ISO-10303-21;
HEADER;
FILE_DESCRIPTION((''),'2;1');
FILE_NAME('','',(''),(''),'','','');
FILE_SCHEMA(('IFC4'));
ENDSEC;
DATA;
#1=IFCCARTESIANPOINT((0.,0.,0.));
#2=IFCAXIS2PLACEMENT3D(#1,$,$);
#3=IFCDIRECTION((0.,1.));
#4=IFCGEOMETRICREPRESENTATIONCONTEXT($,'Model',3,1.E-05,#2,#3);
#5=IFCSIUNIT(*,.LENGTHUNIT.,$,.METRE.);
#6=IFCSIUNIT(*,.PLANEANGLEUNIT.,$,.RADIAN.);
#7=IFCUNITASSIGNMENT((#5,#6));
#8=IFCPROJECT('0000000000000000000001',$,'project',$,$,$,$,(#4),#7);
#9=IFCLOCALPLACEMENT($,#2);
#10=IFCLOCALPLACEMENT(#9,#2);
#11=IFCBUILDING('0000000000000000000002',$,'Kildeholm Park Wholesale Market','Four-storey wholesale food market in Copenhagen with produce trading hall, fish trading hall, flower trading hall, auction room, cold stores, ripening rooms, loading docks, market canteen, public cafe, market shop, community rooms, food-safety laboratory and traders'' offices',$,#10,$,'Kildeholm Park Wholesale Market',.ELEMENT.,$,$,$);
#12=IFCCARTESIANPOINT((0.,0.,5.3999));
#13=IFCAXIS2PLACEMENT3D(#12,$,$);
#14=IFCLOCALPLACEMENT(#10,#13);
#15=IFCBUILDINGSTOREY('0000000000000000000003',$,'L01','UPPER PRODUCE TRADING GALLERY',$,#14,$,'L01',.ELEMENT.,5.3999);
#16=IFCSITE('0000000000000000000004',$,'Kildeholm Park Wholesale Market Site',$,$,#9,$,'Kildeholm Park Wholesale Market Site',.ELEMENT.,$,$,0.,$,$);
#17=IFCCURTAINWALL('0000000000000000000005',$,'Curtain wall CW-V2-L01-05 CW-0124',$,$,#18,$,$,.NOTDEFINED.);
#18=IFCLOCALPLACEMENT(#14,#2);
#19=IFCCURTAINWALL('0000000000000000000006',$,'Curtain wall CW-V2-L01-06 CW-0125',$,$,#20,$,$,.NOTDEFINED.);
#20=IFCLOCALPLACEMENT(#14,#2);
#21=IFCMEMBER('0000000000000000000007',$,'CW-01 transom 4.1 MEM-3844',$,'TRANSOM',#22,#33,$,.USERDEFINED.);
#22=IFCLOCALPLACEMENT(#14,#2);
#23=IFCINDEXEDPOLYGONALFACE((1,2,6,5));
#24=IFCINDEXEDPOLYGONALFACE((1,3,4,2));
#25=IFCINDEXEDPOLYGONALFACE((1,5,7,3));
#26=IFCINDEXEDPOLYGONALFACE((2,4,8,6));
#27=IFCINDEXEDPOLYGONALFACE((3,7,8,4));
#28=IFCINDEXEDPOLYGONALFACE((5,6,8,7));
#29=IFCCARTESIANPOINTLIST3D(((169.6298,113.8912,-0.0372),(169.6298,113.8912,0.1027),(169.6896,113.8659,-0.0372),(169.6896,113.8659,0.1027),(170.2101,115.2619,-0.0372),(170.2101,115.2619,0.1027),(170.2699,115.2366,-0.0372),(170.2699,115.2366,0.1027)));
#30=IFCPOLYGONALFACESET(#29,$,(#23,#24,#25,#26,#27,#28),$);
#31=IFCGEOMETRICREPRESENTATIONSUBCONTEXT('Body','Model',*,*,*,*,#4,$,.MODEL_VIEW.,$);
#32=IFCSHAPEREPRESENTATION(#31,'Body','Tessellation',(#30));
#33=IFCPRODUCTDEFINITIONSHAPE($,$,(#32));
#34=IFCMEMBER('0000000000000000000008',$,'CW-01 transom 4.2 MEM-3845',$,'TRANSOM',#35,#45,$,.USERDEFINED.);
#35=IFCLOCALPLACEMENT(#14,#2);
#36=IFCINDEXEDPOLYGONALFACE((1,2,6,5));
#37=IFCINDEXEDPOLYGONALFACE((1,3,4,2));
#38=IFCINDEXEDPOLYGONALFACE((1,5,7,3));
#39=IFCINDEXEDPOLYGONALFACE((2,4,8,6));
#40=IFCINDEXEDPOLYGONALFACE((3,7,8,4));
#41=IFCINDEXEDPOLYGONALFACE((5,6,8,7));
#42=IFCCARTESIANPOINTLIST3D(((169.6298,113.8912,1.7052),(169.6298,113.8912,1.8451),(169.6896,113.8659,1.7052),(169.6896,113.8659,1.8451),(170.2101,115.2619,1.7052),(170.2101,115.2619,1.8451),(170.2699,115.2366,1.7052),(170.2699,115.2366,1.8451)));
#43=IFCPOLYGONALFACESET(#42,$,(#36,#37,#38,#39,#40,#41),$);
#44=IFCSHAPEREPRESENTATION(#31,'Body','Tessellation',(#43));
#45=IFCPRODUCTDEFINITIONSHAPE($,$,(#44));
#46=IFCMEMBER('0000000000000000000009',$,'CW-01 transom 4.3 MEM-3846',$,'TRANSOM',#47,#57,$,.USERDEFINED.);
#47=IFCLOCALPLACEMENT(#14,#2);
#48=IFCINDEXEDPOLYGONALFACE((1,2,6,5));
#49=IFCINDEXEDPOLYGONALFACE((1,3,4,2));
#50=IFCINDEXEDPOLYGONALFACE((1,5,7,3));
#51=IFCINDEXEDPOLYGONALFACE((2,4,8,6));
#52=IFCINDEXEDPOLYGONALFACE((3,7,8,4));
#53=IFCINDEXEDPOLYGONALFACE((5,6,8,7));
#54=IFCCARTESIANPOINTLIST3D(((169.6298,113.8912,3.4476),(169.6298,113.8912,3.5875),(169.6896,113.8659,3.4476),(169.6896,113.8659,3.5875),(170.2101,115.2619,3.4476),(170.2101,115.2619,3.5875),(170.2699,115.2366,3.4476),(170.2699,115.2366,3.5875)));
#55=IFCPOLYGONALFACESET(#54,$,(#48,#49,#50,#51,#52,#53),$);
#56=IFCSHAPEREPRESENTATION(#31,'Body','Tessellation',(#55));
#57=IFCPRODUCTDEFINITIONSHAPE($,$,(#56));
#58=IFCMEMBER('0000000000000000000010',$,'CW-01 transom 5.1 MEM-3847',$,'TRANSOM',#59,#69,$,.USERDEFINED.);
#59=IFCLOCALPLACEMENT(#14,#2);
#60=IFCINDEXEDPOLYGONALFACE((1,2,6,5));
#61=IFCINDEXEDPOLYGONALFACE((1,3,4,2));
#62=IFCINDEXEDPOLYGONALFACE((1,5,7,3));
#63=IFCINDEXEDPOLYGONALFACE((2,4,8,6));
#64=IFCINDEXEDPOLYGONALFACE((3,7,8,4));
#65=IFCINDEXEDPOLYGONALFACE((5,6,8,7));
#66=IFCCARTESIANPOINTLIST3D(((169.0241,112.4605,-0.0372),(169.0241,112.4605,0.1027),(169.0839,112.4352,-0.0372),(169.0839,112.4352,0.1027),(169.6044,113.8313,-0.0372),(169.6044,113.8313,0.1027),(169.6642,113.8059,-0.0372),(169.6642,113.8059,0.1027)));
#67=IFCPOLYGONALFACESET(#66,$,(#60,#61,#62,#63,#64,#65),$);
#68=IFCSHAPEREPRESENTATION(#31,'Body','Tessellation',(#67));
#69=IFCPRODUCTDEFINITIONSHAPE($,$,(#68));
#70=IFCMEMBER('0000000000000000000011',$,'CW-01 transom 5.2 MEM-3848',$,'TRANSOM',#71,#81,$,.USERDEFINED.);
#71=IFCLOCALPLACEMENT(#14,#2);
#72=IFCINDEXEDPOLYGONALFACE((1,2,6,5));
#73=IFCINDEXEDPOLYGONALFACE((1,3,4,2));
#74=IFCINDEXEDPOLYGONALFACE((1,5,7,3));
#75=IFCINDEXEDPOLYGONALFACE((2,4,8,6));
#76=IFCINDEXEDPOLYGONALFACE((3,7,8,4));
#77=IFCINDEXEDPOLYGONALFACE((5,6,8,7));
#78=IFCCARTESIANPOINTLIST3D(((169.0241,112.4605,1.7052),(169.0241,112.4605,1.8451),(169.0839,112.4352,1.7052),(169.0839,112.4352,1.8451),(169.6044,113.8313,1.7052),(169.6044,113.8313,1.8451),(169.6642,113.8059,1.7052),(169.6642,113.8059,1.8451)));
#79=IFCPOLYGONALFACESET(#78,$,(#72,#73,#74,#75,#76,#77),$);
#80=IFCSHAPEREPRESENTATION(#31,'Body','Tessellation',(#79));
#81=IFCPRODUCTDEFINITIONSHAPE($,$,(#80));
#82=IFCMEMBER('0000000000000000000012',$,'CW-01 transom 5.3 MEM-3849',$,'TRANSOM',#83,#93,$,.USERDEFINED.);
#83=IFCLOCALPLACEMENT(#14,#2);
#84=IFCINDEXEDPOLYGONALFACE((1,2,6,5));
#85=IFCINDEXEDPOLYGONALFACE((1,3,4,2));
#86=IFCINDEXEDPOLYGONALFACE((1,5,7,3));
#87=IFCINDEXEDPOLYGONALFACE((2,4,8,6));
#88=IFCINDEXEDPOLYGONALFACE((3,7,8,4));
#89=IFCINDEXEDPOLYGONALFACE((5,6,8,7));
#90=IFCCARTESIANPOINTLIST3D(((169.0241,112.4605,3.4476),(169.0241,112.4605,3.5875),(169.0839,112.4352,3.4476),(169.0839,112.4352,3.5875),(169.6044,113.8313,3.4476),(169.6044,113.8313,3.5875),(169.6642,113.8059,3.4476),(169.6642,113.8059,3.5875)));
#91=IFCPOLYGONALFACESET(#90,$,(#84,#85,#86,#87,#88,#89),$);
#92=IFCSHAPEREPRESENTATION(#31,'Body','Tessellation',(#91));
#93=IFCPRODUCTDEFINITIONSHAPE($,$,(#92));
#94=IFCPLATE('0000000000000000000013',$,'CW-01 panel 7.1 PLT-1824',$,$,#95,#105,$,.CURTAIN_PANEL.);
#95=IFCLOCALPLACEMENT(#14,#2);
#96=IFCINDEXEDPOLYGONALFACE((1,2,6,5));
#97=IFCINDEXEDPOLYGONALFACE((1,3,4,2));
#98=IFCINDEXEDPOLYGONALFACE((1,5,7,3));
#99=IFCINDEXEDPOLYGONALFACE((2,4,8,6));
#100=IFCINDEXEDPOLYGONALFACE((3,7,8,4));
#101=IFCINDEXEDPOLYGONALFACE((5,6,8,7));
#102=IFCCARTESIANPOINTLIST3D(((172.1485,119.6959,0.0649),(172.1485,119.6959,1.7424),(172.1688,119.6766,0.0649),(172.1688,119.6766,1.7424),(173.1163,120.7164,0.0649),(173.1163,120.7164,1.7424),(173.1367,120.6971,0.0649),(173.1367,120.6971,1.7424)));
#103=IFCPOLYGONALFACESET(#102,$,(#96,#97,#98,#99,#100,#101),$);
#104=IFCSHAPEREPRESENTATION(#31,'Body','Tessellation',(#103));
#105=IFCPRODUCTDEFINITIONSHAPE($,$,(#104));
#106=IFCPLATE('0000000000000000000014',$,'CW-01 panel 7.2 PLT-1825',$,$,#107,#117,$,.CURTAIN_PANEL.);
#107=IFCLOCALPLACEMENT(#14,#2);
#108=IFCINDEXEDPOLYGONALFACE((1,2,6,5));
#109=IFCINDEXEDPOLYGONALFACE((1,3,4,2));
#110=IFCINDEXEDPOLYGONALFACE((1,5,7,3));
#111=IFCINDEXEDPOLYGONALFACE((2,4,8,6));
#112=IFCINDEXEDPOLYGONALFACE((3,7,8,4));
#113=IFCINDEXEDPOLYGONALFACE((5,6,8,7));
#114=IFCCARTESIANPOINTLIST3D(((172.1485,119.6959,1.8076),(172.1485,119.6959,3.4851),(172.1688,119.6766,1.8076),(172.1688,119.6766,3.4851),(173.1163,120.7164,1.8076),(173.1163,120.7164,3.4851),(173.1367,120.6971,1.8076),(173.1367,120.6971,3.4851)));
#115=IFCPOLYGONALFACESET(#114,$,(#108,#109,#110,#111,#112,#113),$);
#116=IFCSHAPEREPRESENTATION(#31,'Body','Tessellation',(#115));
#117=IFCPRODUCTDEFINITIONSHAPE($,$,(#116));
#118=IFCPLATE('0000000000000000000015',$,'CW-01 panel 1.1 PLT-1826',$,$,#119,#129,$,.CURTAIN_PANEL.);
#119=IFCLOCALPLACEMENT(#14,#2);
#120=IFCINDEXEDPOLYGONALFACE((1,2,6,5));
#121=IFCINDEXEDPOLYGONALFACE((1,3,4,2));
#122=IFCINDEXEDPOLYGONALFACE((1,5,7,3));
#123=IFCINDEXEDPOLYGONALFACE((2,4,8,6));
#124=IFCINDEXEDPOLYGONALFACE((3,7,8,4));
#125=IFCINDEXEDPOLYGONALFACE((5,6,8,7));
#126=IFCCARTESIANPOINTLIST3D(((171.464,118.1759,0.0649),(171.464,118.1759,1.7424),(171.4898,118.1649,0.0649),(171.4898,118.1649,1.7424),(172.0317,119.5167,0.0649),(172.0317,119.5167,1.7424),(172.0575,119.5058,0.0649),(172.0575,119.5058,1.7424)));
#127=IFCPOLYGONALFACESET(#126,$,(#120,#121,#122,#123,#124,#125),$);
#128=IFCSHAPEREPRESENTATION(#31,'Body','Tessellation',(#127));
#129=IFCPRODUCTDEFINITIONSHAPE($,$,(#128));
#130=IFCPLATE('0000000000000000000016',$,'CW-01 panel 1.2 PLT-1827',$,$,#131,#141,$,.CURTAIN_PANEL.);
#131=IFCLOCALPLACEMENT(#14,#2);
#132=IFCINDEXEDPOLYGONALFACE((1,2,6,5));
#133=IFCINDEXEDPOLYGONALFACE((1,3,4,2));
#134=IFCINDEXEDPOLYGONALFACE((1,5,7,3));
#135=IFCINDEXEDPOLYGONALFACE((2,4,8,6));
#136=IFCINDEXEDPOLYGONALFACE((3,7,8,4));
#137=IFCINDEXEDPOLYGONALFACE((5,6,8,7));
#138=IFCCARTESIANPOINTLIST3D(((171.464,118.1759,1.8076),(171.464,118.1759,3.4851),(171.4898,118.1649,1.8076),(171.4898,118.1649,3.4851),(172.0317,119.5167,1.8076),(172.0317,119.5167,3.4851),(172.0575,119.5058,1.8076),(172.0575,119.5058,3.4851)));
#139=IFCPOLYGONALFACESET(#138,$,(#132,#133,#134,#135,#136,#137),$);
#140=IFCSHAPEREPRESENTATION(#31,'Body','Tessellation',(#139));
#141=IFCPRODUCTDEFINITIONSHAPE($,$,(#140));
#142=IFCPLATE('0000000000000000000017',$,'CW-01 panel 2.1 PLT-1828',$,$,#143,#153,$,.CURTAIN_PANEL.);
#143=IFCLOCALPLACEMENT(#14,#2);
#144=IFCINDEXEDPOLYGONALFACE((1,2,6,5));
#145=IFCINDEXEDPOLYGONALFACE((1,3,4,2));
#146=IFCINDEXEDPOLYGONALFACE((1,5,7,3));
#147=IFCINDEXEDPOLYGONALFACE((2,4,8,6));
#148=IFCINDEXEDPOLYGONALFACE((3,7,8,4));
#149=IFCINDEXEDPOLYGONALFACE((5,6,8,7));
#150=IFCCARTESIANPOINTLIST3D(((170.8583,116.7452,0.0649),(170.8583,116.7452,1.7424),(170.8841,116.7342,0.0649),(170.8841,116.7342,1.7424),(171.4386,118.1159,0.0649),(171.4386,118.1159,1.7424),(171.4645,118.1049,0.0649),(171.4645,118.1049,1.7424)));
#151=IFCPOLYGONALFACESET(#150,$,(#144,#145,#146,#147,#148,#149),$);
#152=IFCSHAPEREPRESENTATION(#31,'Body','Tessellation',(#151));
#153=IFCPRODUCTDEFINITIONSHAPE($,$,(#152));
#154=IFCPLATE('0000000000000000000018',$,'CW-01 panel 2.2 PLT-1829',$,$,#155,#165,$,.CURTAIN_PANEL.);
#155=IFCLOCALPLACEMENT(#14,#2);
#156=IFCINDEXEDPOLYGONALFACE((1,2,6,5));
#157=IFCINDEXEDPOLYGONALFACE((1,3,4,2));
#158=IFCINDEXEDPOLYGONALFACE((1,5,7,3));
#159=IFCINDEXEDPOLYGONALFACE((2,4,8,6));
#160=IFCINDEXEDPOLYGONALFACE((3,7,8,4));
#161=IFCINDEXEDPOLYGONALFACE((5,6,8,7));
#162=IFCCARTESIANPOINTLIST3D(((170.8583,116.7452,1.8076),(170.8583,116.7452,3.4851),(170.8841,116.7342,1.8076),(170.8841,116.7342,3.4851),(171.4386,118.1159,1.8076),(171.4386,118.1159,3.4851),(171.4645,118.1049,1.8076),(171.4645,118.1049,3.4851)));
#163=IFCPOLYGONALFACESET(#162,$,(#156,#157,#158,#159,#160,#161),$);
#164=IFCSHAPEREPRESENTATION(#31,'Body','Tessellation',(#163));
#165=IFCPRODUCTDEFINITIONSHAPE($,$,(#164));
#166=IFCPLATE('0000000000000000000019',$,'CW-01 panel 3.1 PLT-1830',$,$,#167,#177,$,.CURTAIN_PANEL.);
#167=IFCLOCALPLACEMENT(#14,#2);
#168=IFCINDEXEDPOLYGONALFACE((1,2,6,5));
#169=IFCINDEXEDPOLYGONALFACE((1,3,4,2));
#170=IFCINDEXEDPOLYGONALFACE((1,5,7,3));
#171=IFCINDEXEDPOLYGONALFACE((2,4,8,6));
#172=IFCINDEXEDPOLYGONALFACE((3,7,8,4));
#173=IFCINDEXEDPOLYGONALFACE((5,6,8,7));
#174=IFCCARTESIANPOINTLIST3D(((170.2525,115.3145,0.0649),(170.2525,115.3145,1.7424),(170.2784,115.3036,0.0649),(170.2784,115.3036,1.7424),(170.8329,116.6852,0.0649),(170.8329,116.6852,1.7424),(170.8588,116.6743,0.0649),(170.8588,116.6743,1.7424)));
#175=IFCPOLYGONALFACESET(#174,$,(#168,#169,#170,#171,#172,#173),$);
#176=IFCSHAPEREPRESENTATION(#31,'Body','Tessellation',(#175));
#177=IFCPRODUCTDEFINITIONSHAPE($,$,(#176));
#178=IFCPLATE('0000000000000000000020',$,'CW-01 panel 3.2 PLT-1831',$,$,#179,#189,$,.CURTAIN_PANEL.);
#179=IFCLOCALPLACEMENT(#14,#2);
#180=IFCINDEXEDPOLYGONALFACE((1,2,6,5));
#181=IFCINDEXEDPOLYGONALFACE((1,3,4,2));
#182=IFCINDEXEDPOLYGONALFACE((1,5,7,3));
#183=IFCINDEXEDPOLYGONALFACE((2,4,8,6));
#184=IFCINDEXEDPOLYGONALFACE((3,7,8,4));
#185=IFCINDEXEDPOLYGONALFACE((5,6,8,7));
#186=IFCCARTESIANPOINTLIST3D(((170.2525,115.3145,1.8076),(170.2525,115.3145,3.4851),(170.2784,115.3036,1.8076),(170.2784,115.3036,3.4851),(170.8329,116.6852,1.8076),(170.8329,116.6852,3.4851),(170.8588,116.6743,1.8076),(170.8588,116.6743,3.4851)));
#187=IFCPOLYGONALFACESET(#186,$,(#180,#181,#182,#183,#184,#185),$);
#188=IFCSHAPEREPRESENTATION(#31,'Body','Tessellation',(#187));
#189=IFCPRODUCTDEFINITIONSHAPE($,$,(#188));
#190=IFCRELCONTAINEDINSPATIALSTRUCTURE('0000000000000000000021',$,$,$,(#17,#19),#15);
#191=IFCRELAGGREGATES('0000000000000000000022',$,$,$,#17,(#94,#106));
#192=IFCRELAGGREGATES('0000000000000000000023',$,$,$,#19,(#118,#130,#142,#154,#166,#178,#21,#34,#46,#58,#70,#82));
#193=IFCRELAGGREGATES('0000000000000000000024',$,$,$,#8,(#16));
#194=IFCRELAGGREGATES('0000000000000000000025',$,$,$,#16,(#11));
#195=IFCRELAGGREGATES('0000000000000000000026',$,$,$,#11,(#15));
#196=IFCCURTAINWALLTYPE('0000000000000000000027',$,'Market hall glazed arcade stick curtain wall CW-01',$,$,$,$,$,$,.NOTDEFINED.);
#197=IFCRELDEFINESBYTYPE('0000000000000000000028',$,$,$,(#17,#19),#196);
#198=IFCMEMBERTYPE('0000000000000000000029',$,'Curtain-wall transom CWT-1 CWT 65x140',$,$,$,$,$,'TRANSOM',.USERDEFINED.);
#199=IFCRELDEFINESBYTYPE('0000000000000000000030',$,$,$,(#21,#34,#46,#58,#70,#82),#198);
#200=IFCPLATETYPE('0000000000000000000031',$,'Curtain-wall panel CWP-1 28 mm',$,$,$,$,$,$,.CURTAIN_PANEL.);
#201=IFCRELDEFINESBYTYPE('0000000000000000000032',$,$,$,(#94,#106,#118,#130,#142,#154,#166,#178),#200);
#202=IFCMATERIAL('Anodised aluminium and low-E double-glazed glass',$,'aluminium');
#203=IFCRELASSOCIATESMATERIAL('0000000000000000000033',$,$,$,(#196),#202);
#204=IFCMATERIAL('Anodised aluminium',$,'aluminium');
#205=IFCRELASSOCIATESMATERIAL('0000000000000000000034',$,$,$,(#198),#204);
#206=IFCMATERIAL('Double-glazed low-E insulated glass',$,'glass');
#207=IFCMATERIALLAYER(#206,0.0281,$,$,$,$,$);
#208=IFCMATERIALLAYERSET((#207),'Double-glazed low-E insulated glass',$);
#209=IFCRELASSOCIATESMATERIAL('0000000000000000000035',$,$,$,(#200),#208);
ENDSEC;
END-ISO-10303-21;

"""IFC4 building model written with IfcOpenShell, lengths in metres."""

from ifc_helpers import new_model, si_unit, direction, frame, origin, origin_2d, place, context, subcontext, project, spatial, rectangle, extrude, material, layer, layer_set, material_profile, profile_set, type_object, element, aggregate, save


model = new_model("IFC4")

# Units and contexts
model_context = context("Model", 3, precision=1e-05, world=origin(), true_north=direction((0.0, 1.0)))
body_context = subcontext(model_context, "Body", "Model", "MODEL_VIEW")
ifc_project = project(units=[si_unit("LENGTHUNIT", "METRE"), si_unit("PLANEANGLEUNIT", "RADIAN")], contexts=[model_context])

# Site, building, storey
site_placement = place(None, origin())
site = spatial("IfcSite", under=ifc_project, at=site_placement, Name="Kildeholm Park Wholesale Market Site", LongName="Kildeholm Park Wholesale Market Site", CompositionType="ELEMENT", RefElevation=0.0)
building_placement = place(site_placement, origin())
building = spatial("IfcBuilding", under=site, at=building_placement, Name="Kildeholm Park Wholesale Market", Description="Four-storey wholesale food market in Copenhagen with produce trading hall, fish trading hall, flower trading hall, auction room, cold stores, ripening rooms, loading docks, market canteen, public cafe, market shop, community rooms, food-safety laboratory and traders' offices", LongName="Kildeholm Park Wholesale Market", CompositionType="ELEMENT")
storey_placement = place(building_placement, frame((0.0, 0.0, 5.3999)))
storey = spatial("IfcBuildingStorey", under=building, at=storey_placement, Name="L01", Description="UPPER PRODUCE TRADING GALLERY", LongName="L01", CompositionType="ELEMENT", Elevation=5.3999)

# Curtain walls
ifc_material_1 = material(Name="Anodised aluminium and low-E double-glazed glass", Category="aluminium")
curtain_wall_type = type_object("IfcCurtainWallType", Name="Market hall glazed arcade stick curtain wall CW-01", PredefinedType="NOTDEFINED", material=ifc_material_1)
curtain_wall_1_placement = place(storey_placement, origin())
curtain_wall_1 = element("IfcCurtainWall", 1, at=curtain_wall_1_placement, inside=storey, type_object=curtain_wall_type, Name="Curtain wall CW-V2-L01-05 CW-0124", PredefinedType="NOTDEFINED")
ifc_material_2 = material(Name="Anodised aluminium", Category="aluminium")
curtain_wall_2_placement = place(storey_placement, origin())
curtain_wall_2 = element("IfcCurtainWall", 2, at=curtain_wall_2_placement, inside=storey, type_object=curtain_wall_type, Name="Curtain wall CW-V2-L01-06 CW-0125", PredefinedType="NOTDEFINED")

# Members
ifc_material_profile_1 = material_profile(ifc_material_2, rectangle(XDim=0.0649, YDim=0.1399, at=origin_2d()), Name="CWT 65x140")
ifc_profile_set_1 = profile_set([ifc_material_profile_1], Name="Anodised aluminium")
member_type_1 = type_object("IfcMemberType", Name="Curtain-wall transom CWT-1 CWT 65x140", ElementType="TRANSOM", PredefinedType="USERDEFINED", material=ifc_profile_set_1)
member_1_placement = place(storey_placement, frame((170.24, 115.2493, 0.0327), z_axis=(-0.389838, -0.920883, 0.0), x_axis=(0.920883, -0.389838, 0.0)))
member_1 = element("IfcMember", 3, at=member_1_placement, type_object=member_type_1, Name="CW-01 transom 4.1 MEM-3844", ObjectType="TRANSOM", PredefinedType="USERDEFINED", context=body_context, shape_type="SweptSolid", body=[
    extrude(rectangle(XDim=0.0649, YDim=0.1399, at=origin_2d()), origin(), (0.0, 0.0, 1.0), 1.4885),
])
member_2_placement = place(storey_placement, frame((170.24, 115.2493, 1.7751), z_axis=(-0.389838, -0.920883, 0.0), x_axis=(0.920883, -0.389838, 0.0)))
member_2 = element("IfcMember", 4, at=member_2_placement, type_object=member_type_1, Name="CW-01 transom 4.2 MEM-3845", ObjectType="TRANSOM", PredefinedType="USERDEFINED", context=body_context, shape_type="SweptSolid", body=[
    extrude(rectangle(XDim=0.0649, YDim=0.1399, at=origin_2d()), origin(), (0.0, 0.0, 1.0), 1.4885),
])
member_3_placement = place(storey_placement, frame((170.24, 115.2493, 3.5176), z_axis=(-0.389838, -0.920883, 0.0), x_axis=(0.920883, -0.389838, 0.0)))
member_3 = element("IfcMember", 5, at=member_3_placement, type_object=member_type_1, Name="CW-01 transom 4.3 MEM-3846", ObjectType="TRANSOM", PredefinedType="USERDEFINED", context=body_context, shape_type="SweptSolid", body=[
    extrude(rectangle(XDim=0.0649, YDim=0.1399, at=origin_2d()), origin(), (0.0, 0.0, 1.0), 1.4885),
])
member_4_placement = place(storey_placement, frame((169.6343, 113.8186, 0.0327), z_axis=(-0.389838, -0.920883, 0.0), x_axis=(0.920883, -0.389838, 0.0)))
member_4 = element("IfcMember", 6, at=member_4_placement, type_object=member_type_1, Name="CW-01 transom 5.1 MEM-3847", ObjectType="TRANSOM", PredefinedType="USERDEFINED", context=body_context, shape_type="SweptSolid", body=[
    extrude(rectangle(XDim=0.0649, YDim=0.1399, at=origin_2d()), origin(), (0.0, 0.0, 1.0), 1.4885),
])
member_5_placement = place(storey_placement, frame((169.6343, 113.8186, 1.7751), z_axis=(-0.389838, -0.920883, 0.0), x_axis=(0.920883, -0.389838, 0.0)))
member_5 = element("IfcMember", 7, at=member_5_placement, type_object=member_type_1, Name="CW-01 transom 5.2 MEM-3848", ObjectType="TRANSOM", PredefinedType="USERDEFINED", context=body_context, shape_type="SweptSolid", body=[
    extrude(rectangle(XDim=0.0649, YDim=0.1399, at=origin_2d()), origin(), (0.0, 0.0, 1.0), 1.4885),
])
member_6_placement = place(storey_placement, frame((169.6343, 113.8186, 3.5176), z_axis=(-0.389838, -0.920883, 0.0), x_axis=(0.920883, -0.389838, 0.0)))
member_6 = element("IfcMember", 8, at=member_6_placement, type_object=member_type_1, Name="CW-01 transom 5.3 MEM-3849", ObjectType="TRANSOM", PredefinedType="USERDEFINED", context=body_context, shape_type="SweptSolid", body=[
    extrude(rectangle(XDim=0.0649, YDim=0.1399, at=origin_2d()), origin(), (0.0, 0.0, 1.0), 1.4885),
])

# Plates
ifc_material_3 = material(Name="Double-glazed low-E insulated glass", Category="glass")
ifc_layer = layer(ifc_material_3, 0.0281)
ifc_layer_set = layer_set([ifc_layer], Name="Double-glazed low-E insulated glass")
plate_type = type_object("IfcPlateType", Name="Curtain-wall panel CWP-1 28 mm", PredefinedType="CURTAIN_PANEL", material=ifc_layer_set)
plate_1_placement = place(storey_placement, frame((172.6426, 120.1965, 0.0649), z_axis=(0.0, 0.0, 1.0), x_axis=(-0.688148, -0.725571, 0.0)))
plate_1 = element("IfcPlate", 9, at=plate_1_placement, type_object=plate_type, Name="CW-01 panel 7.1 PLT-1824", PredefinedType="CURTAIN_PANEL", context=body_context, shape_type="SweptSolid", body=[
    extrude(rectangle(XDim=1.4065, YDim=0.0281, at=origin_2d()), origin(), (0.0, 0.0, 1.0), 1.6775),
])
plate_2_placement = place(storey_placement, frame((172.6426, 120.1965, 1.8076), z_axis=(0.0, 0.0, 1.0), x_axis=(-0.688148, -0.725571, 0.0)))
plate_2 = element("IfcPlate", 10, at=plate_2_placement, type_object=plate_type, Name="CW-01 panel 7.2 PLT-1825", PredefinedType="CURTAIN_PANEL", context=body_context, shape_type="SweptSolid", body=[
    extrude(rectangle(XDim=1.4065, YDim=0.0281, at=origin_2d()), origin(), (0.0, 0.0, 1.0), 1.6775),
])
aggregate(curtain_wall_1, [plate_1, plate_2])
plate_3_placement = place(storey_placement, frame((171.7607, 118.8408, 0.0649), z_axis=(0.0, 0.0, 1.0), x_axis=(-0.389905, -0.920855, 0.0)))
plate_3 = element("IfcPlate", 11, at=plate_3_placement, type_object=plate_type, Name="CW-01 panel 1.1 PLT-1826", PredefinedType="CURTAIN_PANEL", context=body_context, shape_type="SweptSolid", body=[
    extrude(rectangle(XDim=1.4561, YDim=0.0281, at=origin_2d()), origin(), (0.0, 0.0, 1.0), 1.6775),
])
plate_4_placement = place(storey_placement, frame((171.7607, 118.8408, 1.8076), z_axis=(0.0, 0.0, 1.0), x_axis=(-0.389905, -0.920855, 0.0)))
plate_4 = element("IfcPlate", 12, at=plate_4_placement, type_object=plate_type, Name="CW-01 panel 1.2 PLT-1827", PredefinedType="CURTAIN_PANEL", context=body_context, shape_type="SweptSolid", body=[
    extrude(rectangle(XDim=1.4561, YDim=0.0281, at=origin_2d()), origin(), (0.0, 0.0, 1.0), 1.6775),
])
plate_5_placement = place(storey_placement, frame((171.1614, 117.425, 0.0649), z_axis=(0.0, 0.0, 1.0), x_axis=(-0.389905, -0.920855, 0.0)))
plate_5 = element("IfcPlate", 13, at=plate_5_placement, type_object=plate_type, Name="CW-01 panel 2.1 PLT-1828", PredefinedType="CURTAIN_PANEL", context=body_context, shape_type="SweptSolid", body=[
    extrude(rectangle(XDim=1.4885, YDim=0.0281, at=origin_2d()), origin(), (0.0, 0.0, 1.0), 1.6775),
])
plate_6_placement = place(storey_placement, frame((171.1614, 117.425, 1.8076), z_axis=(0.0, 0.0, 1.0), x_axis=(-0.389905, -0.920855, 0.0)))
plate_6 = element("IfcPlate", 14, at=plate_6_placement, type_object=plate_type, Name="CW-01 panel 2.2 PLT-1829", PredefinedType="CURTAIN_PANEL", context=body_context, shape_type="SweptSolid", body=[
    extrude(rectangle(XDim=1.4885, YDim=0.0281, at=origin_2d()), origin(), (0.0, 0.0, 1.0), 1.6775),
])
plate_7_placement = place(storey_placement, frame((170.5557, 115.9944, 0.0649), z_axis=(0.0, 0.0, 1.0), x_axis=(-0.389905, -0.920855, 0.0)))
plate_7 = element("IfcPlate", 15, at=plate_7_placement, type_object=plate_type, Name="CW-01 panel 3.1 PLT-1830", PredefinedType="CURTAIN_PANEL", context=body_context, shape_type="SweptSolid", body=[
    extrude(rectangle(XDim=1.4885, YDim=0.0281, at=origin_2d()), origin(), (0.0, 0.0, 1.0), 1.6775),
])
plate_8_placement = place(storey_placement, frame((170.5557, 115.9944, 1.8076), z_axis=(0.0, 0.0, 1.0), x_axis=(-0.389905, -0.920855, 0.0)))
plate_8 = element("IfcPlate", 16, at=plate_8_placement, type_object=plate_type, Name="CW-01 panel 3.2 PLT-1831", PredefinedType="CURTAIN_PANEL", context=body_context, shape_type="SweptSolid", body=[
    extrude(rectangle(XDim=1.4885, YDim=0.0281, at=origin_2d()), origin(), (0.0, 0.0, 1.0), 1.6775),
])
aggregate(curtain_wall_2, [plate_3, plate_4, plate_5, plate_6, plate_7, plate_8, member_1, member_2, member_3, member_4, member_5, member_6])

save(model, "model.ifc")
